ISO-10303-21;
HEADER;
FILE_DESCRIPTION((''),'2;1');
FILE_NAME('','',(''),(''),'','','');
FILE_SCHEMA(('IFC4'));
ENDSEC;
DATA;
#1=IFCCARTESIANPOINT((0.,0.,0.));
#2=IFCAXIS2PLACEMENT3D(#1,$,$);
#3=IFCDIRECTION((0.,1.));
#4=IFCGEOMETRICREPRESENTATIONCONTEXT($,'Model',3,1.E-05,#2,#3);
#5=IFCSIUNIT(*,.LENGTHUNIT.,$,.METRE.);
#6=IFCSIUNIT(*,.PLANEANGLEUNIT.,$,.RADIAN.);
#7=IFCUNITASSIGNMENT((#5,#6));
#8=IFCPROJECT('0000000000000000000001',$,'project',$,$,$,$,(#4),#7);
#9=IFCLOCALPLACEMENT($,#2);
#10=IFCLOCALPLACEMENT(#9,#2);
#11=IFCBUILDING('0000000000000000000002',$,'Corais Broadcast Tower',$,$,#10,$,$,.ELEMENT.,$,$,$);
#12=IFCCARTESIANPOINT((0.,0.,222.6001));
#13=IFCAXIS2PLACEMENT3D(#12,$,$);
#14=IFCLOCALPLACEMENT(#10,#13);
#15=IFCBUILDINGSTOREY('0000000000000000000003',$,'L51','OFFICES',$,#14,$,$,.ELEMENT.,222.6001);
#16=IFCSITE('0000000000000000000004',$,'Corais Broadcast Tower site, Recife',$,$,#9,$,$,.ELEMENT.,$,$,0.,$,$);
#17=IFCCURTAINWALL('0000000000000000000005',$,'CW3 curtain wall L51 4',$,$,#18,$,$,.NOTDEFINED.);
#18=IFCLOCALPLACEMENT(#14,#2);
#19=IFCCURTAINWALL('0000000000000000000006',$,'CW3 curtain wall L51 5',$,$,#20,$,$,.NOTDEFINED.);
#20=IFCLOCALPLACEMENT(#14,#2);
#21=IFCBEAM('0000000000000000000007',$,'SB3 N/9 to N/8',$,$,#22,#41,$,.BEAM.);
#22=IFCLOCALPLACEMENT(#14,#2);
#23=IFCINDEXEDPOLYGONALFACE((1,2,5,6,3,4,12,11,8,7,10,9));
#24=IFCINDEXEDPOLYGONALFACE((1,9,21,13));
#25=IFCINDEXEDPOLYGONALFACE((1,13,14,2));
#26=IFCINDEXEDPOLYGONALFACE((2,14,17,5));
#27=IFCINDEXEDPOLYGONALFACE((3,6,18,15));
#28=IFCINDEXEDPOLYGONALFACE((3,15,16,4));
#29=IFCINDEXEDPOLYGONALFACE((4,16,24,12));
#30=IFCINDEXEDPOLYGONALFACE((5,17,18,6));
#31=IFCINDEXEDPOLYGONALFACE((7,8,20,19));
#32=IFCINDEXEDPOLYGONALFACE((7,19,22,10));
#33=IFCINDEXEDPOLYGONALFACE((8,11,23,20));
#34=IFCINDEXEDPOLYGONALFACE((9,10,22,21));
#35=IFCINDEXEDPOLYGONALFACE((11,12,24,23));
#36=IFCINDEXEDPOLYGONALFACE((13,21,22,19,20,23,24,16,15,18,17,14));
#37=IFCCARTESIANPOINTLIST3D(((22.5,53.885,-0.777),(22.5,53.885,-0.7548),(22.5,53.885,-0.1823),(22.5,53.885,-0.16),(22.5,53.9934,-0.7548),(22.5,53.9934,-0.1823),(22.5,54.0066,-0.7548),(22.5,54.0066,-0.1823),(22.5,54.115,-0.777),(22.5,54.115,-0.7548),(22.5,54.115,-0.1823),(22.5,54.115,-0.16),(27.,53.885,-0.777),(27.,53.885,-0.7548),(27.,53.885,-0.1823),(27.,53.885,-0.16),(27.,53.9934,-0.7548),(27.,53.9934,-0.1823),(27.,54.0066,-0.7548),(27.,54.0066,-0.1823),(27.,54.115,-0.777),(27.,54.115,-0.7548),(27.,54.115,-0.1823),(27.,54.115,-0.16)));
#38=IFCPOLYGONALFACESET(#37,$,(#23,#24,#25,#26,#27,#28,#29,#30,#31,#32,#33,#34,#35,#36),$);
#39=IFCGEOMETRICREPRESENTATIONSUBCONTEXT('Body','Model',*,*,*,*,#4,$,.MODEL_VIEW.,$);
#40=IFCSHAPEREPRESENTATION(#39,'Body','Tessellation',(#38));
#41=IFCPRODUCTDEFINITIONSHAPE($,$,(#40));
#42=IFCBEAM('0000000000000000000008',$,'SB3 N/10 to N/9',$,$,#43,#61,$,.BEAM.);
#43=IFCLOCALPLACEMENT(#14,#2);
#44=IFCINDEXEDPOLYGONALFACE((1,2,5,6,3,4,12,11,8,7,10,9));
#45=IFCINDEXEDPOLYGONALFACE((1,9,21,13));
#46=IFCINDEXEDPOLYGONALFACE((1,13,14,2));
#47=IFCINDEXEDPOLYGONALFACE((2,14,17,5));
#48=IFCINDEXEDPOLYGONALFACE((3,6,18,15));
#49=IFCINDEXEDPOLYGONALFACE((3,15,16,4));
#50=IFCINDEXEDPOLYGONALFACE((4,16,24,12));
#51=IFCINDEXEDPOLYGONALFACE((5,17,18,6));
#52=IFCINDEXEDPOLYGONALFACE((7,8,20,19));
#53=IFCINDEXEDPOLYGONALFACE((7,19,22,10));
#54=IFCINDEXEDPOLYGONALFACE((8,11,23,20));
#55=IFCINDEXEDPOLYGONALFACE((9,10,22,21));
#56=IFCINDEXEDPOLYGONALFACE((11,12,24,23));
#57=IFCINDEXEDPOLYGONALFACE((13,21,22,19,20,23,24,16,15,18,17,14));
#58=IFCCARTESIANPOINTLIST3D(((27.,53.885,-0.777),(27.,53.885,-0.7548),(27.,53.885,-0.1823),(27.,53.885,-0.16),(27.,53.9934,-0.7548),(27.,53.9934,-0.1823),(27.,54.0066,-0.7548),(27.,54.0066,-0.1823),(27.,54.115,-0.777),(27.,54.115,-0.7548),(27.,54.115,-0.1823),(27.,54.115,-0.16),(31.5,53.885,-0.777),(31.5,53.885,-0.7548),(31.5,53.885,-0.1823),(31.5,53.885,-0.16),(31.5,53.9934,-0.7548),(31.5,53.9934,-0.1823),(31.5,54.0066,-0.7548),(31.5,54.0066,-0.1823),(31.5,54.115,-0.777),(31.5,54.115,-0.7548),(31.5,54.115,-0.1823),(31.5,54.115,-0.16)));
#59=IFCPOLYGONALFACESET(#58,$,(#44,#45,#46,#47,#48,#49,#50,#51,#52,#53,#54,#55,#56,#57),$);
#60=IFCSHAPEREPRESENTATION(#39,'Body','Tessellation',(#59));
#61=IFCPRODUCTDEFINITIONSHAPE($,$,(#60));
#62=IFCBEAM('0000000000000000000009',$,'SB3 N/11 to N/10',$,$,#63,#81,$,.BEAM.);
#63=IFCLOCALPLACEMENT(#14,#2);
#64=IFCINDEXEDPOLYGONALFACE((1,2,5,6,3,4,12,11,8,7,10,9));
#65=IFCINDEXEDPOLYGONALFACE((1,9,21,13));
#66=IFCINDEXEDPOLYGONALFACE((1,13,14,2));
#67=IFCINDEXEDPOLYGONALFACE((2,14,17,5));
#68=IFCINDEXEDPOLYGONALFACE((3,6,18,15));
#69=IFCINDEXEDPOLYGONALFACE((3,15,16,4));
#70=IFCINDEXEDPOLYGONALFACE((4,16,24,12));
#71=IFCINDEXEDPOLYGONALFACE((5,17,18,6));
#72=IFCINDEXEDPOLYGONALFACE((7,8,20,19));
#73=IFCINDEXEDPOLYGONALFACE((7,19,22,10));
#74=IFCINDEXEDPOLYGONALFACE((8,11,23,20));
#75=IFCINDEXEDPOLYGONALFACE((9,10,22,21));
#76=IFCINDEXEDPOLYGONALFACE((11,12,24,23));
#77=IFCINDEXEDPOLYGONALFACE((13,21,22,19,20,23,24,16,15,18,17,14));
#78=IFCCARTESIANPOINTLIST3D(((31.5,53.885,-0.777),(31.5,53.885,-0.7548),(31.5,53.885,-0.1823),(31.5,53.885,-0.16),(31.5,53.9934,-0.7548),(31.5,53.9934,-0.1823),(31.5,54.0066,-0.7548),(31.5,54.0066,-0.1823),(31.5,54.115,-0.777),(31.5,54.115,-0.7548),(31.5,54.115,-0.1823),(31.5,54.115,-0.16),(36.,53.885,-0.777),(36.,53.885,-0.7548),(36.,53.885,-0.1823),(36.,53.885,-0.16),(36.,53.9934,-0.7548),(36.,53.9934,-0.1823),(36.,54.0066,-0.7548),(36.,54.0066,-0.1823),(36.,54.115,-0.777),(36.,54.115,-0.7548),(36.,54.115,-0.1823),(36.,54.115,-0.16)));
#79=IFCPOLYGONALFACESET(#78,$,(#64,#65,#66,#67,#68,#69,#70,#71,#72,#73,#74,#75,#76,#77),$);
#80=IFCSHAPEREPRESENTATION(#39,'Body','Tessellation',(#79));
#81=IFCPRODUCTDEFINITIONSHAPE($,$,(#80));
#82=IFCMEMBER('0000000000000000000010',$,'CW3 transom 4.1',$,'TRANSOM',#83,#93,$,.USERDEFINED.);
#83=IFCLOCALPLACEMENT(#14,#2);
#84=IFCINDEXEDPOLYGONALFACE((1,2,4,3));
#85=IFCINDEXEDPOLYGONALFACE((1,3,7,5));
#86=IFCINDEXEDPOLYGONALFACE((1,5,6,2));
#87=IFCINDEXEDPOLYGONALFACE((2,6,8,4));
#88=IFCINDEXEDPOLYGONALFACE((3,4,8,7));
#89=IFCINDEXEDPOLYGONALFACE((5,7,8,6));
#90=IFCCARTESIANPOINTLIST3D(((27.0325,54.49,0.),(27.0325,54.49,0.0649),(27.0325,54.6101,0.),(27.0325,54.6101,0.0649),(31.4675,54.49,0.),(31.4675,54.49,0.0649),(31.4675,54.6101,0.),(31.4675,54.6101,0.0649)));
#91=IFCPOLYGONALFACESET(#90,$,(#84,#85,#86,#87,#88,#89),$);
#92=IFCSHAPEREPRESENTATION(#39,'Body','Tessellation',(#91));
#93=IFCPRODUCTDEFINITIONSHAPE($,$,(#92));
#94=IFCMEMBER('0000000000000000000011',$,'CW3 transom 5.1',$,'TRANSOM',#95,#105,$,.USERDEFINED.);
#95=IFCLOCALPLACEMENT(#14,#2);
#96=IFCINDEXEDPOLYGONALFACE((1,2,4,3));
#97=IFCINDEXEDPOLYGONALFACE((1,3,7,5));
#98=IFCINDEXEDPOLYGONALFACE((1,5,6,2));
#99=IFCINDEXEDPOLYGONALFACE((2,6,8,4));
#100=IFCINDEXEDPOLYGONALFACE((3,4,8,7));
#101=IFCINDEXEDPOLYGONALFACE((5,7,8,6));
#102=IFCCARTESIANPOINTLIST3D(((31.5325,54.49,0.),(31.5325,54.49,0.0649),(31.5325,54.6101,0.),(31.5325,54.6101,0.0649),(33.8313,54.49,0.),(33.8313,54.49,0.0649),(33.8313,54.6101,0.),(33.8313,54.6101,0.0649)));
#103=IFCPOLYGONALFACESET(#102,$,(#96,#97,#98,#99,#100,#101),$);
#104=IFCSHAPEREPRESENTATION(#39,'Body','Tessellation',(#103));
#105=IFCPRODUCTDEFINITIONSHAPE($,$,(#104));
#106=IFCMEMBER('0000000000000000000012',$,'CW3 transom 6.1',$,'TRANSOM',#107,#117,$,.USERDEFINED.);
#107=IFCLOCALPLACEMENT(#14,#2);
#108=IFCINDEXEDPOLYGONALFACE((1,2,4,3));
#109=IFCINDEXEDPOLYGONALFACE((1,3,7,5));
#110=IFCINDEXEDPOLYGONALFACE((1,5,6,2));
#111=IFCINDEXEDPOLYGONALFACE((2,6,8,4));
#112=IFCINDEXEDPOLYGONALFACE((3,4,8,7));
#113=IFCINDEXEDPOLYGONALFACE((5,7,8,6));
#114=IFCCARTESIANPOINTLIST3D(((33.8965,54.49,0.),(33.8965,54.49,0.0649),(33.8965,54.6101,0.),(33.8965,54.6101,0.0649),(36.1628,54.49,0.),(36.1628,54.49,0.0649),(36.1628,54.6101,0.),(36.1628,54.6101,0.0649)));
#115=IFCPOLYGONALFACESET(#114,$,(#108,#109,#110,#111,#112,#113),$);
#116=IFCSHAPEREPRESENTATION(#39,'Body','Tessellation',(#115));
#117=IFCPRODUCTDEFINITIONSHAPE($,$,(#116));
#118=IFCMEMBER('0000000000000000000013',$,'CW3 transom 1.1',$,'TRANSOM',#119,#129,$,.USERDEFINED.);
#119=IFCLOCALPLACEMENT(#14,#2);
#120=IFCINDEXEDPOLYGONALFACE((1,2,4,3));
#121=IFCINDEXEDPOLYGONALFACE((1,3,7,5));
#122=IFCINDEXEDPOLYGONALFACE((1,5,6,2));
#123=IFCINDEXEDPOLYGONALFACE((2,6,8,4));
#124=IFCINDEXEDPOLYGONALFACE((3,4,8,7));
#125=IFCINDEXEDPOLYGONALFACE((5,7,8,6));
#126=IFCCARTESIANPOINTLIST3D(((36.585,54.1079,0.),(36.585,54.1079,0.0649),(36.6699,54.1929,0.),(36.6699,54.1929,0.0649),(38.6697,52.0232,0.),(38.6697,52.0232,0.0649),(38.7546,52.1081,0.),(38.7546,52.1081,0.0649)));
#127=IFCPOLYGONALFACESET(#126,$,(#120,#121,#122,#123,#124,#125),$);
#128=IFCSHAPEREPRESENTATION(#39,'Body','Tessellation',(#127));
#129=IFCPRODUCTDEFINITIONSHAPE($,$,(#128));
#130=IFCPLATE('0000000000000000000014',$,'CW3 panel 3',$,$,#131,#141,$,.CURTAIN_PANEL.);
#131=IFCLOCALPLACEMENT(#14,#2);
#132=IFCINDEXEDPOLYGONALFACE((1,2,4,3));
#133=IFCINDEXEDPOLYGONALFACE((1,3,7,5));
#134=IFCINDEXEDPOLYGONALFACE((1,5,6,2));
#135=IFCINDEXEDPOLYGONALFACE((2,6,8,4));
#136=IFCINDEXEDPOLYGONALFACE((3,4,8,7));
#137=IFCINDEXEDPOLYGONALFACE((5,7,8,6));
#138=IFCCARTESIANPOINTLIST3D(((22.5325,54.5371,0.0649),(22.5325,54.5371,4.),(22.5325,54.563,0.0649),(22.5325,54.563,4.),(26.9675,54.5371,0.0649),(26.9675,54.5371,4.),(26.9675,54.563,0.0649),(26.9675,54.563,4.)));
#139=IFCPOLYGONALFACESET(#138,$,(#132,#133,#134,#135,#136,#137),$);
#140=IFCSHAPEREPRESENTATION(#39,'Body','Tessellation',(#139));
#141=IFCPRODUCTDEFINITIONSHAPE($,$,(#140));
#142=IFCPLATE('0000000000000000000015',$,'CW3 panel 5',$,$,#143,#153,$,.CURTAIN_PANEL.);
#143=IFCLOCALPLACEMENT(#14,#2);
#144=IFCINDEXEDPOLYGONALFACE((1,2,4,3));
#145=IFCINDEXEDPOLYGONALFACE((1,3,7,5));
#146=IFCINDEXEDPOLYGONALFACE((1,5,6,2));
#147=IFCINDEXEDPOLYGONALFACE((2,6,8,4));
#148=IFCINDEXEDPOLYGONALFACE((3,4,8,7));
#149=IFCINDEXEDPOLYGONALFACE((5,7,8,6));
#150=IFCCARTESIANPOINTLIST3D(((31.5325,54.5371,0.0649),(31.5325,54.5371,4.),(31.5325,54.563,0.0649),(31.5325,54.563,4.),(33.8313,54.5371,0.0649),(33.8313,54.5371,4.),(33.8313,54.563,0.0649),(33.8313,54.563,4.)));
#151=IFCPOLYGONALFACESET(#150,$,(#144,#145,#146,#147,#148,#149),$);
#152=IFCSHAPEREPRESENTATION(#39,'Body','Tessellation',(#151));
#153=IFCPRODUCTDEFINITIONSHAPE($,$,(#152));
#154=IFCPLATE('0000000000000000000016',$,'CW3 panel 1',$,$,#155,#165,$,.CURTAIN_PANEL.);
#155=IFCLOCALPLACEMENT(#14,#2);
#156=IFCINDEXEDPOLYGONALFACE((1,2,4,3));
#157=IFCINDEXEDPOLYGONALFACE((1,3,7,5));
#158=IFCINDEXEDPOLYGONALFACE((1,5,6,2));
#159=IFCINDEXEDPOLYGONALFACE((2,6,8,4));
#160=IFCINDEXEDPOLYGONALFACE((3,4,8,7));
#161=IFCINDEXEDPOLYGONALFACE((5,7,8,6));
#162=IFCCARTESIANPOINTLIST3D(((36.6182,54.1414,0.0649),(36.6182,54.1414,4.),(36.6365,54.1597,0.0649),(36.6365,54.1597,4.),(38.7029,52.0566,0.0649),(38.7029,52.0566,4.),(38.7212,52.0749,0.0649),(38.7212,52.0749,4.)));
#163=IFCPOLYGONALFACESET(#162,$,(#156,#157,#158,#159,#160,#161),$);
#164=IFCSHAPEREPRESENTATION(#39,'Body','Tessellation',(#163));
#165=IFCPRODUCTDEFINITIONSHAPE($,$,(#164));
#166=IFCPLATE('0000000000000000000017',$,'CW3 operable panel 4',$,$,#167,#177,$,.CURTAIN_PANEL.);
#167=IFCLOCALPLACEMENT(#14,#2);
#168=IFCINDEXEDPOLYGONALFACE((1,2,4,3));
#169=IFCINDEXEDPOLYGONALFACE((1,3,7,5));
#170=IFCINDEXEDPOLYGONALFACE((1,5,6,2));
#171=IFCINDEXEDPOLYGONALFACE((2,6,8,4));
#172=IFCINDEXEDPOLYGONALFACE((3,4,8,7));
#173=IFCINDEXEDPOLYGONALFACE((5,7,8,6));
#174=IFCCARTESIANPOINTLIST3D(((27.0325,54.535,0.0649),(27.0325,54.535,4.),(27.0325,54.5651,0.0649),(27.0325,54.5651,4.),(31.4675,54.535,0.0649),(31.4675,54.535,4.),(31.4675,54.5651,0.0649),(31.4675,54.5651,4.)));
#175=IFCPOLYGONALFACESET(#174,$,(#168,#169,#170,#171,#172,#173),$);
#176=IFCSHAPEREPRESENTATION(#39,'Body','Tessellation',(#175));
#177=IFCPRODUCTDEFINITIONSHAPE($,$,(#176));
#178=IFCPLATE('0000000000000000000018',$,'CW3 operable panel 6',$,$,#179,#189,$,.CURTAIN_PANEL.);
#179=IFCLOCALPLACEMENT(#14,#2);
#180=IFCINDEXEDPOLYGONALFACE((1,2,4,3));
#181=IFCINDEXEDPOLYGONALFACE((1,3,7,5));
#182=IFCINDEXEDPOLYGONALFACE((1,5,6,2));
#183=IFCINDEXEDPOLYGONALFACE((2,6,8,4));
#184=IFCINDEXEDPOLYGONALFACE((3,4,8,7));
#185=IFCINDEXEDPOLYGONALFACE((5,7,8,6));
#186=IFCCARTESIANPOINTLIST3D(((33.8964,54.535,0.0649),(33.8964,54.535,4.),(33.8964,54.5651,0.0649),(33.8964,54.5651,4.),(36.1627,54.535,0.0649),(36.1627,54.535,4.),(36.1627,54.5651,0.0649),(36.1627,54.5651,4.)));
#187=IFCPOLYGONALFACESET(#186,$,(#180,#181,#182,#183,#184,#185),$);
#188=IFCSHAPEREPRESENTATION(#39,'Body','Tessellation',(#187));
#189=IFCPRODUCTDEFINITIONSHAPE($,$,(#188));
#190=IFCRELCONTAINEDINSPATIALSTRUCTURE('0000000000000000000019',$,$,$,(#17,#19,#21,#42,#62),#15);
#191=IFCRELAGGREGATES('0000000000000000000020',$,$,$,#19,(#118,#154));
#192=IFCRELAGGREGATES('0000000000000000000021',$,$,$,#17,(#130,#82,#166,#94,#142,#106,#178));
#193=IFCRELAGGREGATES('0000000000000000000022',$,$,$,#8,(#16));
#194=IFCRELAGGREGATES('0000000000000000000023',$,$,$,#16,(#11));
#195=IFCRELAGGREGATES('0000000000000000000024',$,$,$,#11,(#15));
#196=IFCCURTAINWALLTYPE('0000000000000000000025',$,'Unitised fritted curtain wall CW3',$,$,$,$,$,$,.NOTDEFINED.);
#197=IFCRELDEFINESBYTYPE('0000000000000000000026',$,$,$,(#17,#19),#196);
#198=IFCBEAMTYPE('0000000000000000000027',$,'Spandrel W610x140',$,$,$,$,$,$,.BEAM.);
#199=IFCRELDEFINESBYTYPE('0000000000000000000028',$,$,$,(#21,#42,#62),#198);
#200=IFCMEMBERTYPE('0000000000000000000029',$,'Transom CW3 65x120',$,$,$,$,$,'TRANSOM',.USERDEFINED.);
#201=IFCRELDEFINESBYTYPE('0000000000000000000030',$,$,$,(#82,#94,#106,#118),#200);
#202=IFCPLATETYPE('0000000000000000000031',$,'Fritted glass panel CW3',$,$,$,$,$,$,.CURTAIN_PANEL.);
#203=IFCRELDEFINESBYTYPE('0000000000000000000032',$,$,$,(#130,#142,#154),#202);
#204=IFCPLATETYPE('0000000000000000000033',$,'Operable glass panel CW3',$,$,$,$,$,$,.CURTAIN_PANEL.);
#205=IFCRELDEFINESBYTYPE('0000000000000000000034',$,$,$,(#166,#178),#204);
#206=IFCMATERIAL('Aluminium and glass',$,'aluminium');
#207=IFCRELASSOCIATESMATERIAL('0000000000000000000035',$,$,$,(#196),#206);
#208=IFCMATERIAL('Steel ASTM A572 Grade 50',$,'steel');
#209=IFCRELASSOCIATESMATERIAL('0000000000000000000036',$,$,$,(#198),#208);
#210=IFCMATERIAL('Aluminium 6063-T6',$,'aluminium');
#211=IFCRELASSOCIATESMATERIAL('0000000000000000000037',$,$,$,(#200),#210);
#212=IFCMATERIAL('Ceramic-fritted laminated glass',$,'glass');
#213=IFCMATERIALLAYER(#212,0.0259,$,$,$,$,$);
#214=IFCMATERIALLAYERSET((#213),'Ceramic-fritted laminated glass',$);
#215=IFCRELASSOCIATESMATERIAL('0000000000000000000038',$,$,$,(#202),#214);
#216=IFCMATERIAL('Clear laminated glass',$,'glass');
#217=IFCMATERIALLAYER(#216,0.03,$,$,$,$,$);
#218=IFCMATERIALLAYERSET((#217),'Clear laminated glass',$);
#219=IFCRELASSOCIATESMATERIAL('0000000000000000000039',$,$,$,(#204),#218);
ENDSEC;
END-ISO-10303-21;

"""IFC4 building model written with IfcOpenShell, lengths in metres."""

from ifc_helpers import new_model, si_unit, direction, frame, origin, origin_2d, place, context, subcontext, project, spatial, rectangle, i_section, extrude, material, layer, layer_set, material_profile, profile_set, type_object, element, aggregate, save


model = new_model("IFC4")

# Units and contexts
model_context = context("Model", 3, precision=1e-05, world=origin(), true_north=direction((0.0, 1.0)))
body_context = subcontext(model_context, "Body", "Model", "MODEL_VIEW")
ifc_project = project(units=[si_unit("LENGTHUNIT", "METRE"), si_unit("PLANEANGLEUNIT", "RADIAN")], contexts=[model_context])

# Site, building, storey
site_placement = place(None, origin())
site = spatial("IfcSite", under=ifc_project, at=site_placement, Name="Corais Broadcast Tower site, Recife", CompositionType="ELEMENT", RefElevation=0.0)
building_placement = place(site_placement, origin())
building = spatial("IfcBuilding", under=site, at=building_placement, Name="Corais Broadcast Tower", CompositionType="ELEMENT")
storey_placement = place(building_placement, frame((0.0, 0.0, 222.6001)))
storey = spatial("IfcBuildingStorey", under=building, at=storey_placement, Name="L51", Description="OFFICES", CompositionType="ELEMENT", Elevation=222.6001)

# Curtain wall
ifc_material_1 = material(Name="Aluminium and glass", Category="aluminium")
curtain_wall_type = type_object("IfcCurtainWallType", Name="Unitised fritted curtain wall CW3", PredefinedType="NOTDEFINED", material=ifc_material_1)
curtain_wall_1_placement = place(storey_placement, origin())
curtain_wall_1 = element("IfcCurtainWall", 1, at=curtain_wall_1_placement, inside=storey, type_object=curtain_wall_type, Name="CW3 curtain wall L51 4", PredefinedType="NOTDEFINED")

# Curtain wall
curtain_wall_2_placement = place(storey_placement, origin())
curtain_wall_2 = element("IfcCurtainWall", 2, at=curtain_wall_2_placement, inside=storey, type_object=curtain_wall_type, Name="CW3 curtain wall L51 5", PredefinedType="NOTDEFINED")

# Beams
ifc_material_2 = material(Name="Steel ASTM A572 Grade 50", Category="steel")
ifc_material_profile_1 = material_profile(ifc_material_2, i_section(OverallWidth=0.23, OverallDepth=0.6169, WebThickness=0.0132, FlangeThickness=0.0222, at=origin_2d()), Name="W610x140")
ifc_profile_set_1 = profile_set([ifc_material_profile_1], Name="Steel ASTM A572 Grade 50")
beam_type_1 = type_object("IfcBeamType", Name="Spandrel W610x140", PredefinedType="BEAM", material=ifc_profile_set_1)
for number, where, z_axis, x_axis, name in (
    (3, (27.0, 54.0, -0.4685), (-1.0, 0.0, 0.0), (0.0, -1.0, 0.0), "SB3 N/9 to N/8"),
    (4, (31.5, 54.0, -0.4685), (-1.0, 0.0, 0.0), (0.0, -1.0, 0.0), "SB3 N/10 to N/9"),
    (5, (36.0, 54.0, -0.4685), (-1.0, 0.0, 0.0), (0.0, -1.0, 0.0), "SB3 N/11 to N/10"),
):
    element("IfcBeam", number, at=place(storey_placement, frame(where, z_axis=z_axis, x_axis=x_axis)), inside=storey, type_object=beam_type_1, Name=name, PredefinedType="BEAM", context=body_context, shape_type="SweptSolid", body=[
        extrude(i_section(OverallWidth=0.23, OverallDepth=0.6169, WebThickness=0.0132, FlangeThickness=0.0222, at=origin_2d()), origin(), (0.0, 0.0, 1.0), 4.5),
    ])

# Members
ifc_material_3 = material(Name="Aluminium 6063-T6", Category="aluminium")
ifc_material_profile_2 = material_profile(ifc_material_3, rectangle(XDim=0.1201, YDim=0.0649, at=origin_2d()), Name="Transom CW3 65x120")
ifc_profile_set_2 = profile_set([ifc_material_profile_2], Name="Aluminium 6063-T6")
member_type_1 = type_object("IfcMemberType", Name="Transom CW3 65x120", ElementType="TRANSOM", PredefinedType="USERDEFINED", material=ifc_profile_set_2)
member_1_placement = place(storey_placement, frame((27.0325, 54.55, 0.0325), z_axis=(1.0, 0.0, 0.0), x_axis=(0.0, 1.0, 0.0)))
member_1 = element("IfcMember", 6, at=member_1_placement, type_object=member_type_1, Name="CW3 transom 4.1", ObjectType="TRANSOM", PredefinedType="USERDEFINED", context=body_context, shape_type="SweptSolid", body=[
    extrude(rectangle(XDim=0.1201, YDim=0.0649, at=origin_2d()), origin(), (0.0, 0.0, 1.0), 4.4351),
])
member_2_placement = place(storey_placement, frame((31.5325, 54.55, 0.0325), z_axis=(1.0, 0.0, 0.0), x_axis=(0.0, 1.0, 0.0)))
member_2 = element("IfcMember", 7, at=member_2_placement, type_object=member_type_1, Name="CW3 transom 5.1", ObjectType="TRANSOM", PredefinedType="USERDEFINED", context=body_context, shape_type="SweptSolid", body=[
    extrude(rectangle(XDim=0.1201, YDim=0.0649, at=origin_2d()), origin(), (0.0, 0.0, 1.0), 2.2988),
])
member_3_placement = place(storey_placement, frame((33.8965, 54.55, 0.0325), z_axis=(1.0, 0.0, 0.0), x_axis=(0.0, 1.0, 0.0)))
member_3 = element("IfcMember", 8, at=member_3_placement, type_object=member_type_1, Name="CW3 transom 6.1", ObjectType="TRANSOM", PredefinedType="USERDEFINED", context=body_context, shape_type="SweptSolid", body=[
    extrude(rectangle(XDim=0.1201, YDim=0.0649, at=origin_2d()), origin(), (0.0, 0.0, 1.0), 2.2664),
])
member_4_placement = place(storey_placement, frame((36.6274, 54.1504, 0.0325), z_axis=(0.707107, -0.707107, 0.0), x_axis=(0.707107, 0.707107, 0.0)))
member_4 = element("IfcMember", 9, at=member_4_placement, type_object=member_type_1, Name="CW3 transom 1.1", ObjectType="TRANSOM", PredefinedType="USERDEFINED", context=body_context, shape_type="SweptSolid", body=[
    extrude(rectangle(XDim=0.1201, YDim=0.0649, at=origin_2d()), origin(), (0.0, 0.0, 1.0), 2.9482),
])

# Plates
ifc_material_4 = material(Name="Ceramic-fritted laminated glass", Category="glass")
ifc_layer_1 = layer(ifc_material_4, 0.0259)
ifc_layer_set_1 = layer_set([ifc_layer_1], Name="Ceramic-fritted laminated glass")
plate_type_1 = type_object("IfcPlateType", Name="Fritted glass panel CW3", PredefinedType="CURTAIN_PANEL", material=ifc_layer_set_1)
plate_1_placement = place(storey_placement, frame((24.75, 54.55, 0.0649), z_axis=(0.0, 0.0, 1.0), x_axis=(1.0, 0.0, 0.0)))
plate_1 = element("IfcPlate", 10, at=plate_1_placement, type_object=plate_type_1, Name="CW3 panel 3", PredefinedType="CURTAIN_PANEL", context=body_context, shape_type="SweptSolid", body=[
    extrude(rectangle(XDim=4.4351, YDim=0.0259, at=origin_2d()), origin(), (0.0, 0.0, 1.0), 3.9351),
])
plate_2_placement = place(storey_placement, frame((32.6819, 54.55, 0.0649), z_axis=(0.0, 0.0, 1.0), x_axis=(1.0, 0.0, 0.0)))
plate_2 = element("IfcPlate", 11, at=plate_2_placement, type_object=plate_type_1, Name="CW3 panel 5", PredefinedType="CURTAIN_PANEL", context=body_context, shape_type="SweptSolid", body=[
    extrude(rectangle(XDim=2.2988, YDim=0.0259, at=origin_2d()), origin(), (0.0, 0.0, 1.0), 3.9351),
])
plate_3_placement = place(storey_placement, frame((37.6697, 53.1082, 0.0649), z_axis=(0.0, 0.0, 1.0), x_axis=(0.707107, -0.707107, 0.0)))
plate_3 = element("IfcPlate", 12, at=plate_3_placement, type_object=plate_type_1, Name="CW3 panel 1", PredefinedType="CURTAIN_PANEL", context=body_context, shape_type="SweptSolid", body=[
    extrude(rectangle(XDim=2.9482, YDim=0.0259, at=origin_2d()), origin(), (0.0, 0.0, 1.0), 3.9351),
])
aggregate(curtain_wall_2, [member_4, plate_3])
ifc_material_5 = material(Name="Clear laminated glass", Category="glass")
ifc_layer_2 = layer(ifc_material_5, 0.03)
ifc_layer_set_2 = layer_set([ifc_layer_2], Name="Clear laminated glass")
plate_type_2 = type_object("IfcPlateType", Name="Operable glass panel CW3", PredefinedType="CURTAIN_PANEL", material=ifc_layer_set_2)
plate_4_placement = place(storey_placement, frame((29.25, 54.55, 0.0649), z_axis=(0.0, 0.0, 1.0), x_axis=(1.0, 0.0, 0.0)))
plate_4 = element("IfcPlate", 13, at=plate_4_placement, type_object=plate_type_2, Name="CW3 operable panel 4", PredefinedType="CURTAIN_PANEL", context=body_context, shape_type="SweptSolid", body=[
    extrude(rectangle(XDim=4.4351, YDim=0.03, at=origin_2d()), origin(), (0.0, 0.0, 1.0), 3.9351),
])
plate_5_placement = place(storey_placement, frame((35.0295, 54.55, 0.0649), z_axis=(0.0, 0.0, 1.0), x_axis=(1.0, 0.0, 0.0)))
plate_5 = element("IfcPlate", 14, at=plate_5_placement, type_object=plate_type_2, Name="CW3 operable panel 6", PredefinedType="CURTAIN_PANEL", context=body_context, shape_type="SweptSolid", body=[
    extrude(rectangle(XDim=2.2664, YDim=0.03, at=origin_2d()), origin(), (0.0, 0.0, 1.0), 3.9351),
])
aggregate(curtain_wall_1, [plate_1, member_1, plate_4, member_2, plate_2, member_3, plate_5])

save(model, "model.ifc")
